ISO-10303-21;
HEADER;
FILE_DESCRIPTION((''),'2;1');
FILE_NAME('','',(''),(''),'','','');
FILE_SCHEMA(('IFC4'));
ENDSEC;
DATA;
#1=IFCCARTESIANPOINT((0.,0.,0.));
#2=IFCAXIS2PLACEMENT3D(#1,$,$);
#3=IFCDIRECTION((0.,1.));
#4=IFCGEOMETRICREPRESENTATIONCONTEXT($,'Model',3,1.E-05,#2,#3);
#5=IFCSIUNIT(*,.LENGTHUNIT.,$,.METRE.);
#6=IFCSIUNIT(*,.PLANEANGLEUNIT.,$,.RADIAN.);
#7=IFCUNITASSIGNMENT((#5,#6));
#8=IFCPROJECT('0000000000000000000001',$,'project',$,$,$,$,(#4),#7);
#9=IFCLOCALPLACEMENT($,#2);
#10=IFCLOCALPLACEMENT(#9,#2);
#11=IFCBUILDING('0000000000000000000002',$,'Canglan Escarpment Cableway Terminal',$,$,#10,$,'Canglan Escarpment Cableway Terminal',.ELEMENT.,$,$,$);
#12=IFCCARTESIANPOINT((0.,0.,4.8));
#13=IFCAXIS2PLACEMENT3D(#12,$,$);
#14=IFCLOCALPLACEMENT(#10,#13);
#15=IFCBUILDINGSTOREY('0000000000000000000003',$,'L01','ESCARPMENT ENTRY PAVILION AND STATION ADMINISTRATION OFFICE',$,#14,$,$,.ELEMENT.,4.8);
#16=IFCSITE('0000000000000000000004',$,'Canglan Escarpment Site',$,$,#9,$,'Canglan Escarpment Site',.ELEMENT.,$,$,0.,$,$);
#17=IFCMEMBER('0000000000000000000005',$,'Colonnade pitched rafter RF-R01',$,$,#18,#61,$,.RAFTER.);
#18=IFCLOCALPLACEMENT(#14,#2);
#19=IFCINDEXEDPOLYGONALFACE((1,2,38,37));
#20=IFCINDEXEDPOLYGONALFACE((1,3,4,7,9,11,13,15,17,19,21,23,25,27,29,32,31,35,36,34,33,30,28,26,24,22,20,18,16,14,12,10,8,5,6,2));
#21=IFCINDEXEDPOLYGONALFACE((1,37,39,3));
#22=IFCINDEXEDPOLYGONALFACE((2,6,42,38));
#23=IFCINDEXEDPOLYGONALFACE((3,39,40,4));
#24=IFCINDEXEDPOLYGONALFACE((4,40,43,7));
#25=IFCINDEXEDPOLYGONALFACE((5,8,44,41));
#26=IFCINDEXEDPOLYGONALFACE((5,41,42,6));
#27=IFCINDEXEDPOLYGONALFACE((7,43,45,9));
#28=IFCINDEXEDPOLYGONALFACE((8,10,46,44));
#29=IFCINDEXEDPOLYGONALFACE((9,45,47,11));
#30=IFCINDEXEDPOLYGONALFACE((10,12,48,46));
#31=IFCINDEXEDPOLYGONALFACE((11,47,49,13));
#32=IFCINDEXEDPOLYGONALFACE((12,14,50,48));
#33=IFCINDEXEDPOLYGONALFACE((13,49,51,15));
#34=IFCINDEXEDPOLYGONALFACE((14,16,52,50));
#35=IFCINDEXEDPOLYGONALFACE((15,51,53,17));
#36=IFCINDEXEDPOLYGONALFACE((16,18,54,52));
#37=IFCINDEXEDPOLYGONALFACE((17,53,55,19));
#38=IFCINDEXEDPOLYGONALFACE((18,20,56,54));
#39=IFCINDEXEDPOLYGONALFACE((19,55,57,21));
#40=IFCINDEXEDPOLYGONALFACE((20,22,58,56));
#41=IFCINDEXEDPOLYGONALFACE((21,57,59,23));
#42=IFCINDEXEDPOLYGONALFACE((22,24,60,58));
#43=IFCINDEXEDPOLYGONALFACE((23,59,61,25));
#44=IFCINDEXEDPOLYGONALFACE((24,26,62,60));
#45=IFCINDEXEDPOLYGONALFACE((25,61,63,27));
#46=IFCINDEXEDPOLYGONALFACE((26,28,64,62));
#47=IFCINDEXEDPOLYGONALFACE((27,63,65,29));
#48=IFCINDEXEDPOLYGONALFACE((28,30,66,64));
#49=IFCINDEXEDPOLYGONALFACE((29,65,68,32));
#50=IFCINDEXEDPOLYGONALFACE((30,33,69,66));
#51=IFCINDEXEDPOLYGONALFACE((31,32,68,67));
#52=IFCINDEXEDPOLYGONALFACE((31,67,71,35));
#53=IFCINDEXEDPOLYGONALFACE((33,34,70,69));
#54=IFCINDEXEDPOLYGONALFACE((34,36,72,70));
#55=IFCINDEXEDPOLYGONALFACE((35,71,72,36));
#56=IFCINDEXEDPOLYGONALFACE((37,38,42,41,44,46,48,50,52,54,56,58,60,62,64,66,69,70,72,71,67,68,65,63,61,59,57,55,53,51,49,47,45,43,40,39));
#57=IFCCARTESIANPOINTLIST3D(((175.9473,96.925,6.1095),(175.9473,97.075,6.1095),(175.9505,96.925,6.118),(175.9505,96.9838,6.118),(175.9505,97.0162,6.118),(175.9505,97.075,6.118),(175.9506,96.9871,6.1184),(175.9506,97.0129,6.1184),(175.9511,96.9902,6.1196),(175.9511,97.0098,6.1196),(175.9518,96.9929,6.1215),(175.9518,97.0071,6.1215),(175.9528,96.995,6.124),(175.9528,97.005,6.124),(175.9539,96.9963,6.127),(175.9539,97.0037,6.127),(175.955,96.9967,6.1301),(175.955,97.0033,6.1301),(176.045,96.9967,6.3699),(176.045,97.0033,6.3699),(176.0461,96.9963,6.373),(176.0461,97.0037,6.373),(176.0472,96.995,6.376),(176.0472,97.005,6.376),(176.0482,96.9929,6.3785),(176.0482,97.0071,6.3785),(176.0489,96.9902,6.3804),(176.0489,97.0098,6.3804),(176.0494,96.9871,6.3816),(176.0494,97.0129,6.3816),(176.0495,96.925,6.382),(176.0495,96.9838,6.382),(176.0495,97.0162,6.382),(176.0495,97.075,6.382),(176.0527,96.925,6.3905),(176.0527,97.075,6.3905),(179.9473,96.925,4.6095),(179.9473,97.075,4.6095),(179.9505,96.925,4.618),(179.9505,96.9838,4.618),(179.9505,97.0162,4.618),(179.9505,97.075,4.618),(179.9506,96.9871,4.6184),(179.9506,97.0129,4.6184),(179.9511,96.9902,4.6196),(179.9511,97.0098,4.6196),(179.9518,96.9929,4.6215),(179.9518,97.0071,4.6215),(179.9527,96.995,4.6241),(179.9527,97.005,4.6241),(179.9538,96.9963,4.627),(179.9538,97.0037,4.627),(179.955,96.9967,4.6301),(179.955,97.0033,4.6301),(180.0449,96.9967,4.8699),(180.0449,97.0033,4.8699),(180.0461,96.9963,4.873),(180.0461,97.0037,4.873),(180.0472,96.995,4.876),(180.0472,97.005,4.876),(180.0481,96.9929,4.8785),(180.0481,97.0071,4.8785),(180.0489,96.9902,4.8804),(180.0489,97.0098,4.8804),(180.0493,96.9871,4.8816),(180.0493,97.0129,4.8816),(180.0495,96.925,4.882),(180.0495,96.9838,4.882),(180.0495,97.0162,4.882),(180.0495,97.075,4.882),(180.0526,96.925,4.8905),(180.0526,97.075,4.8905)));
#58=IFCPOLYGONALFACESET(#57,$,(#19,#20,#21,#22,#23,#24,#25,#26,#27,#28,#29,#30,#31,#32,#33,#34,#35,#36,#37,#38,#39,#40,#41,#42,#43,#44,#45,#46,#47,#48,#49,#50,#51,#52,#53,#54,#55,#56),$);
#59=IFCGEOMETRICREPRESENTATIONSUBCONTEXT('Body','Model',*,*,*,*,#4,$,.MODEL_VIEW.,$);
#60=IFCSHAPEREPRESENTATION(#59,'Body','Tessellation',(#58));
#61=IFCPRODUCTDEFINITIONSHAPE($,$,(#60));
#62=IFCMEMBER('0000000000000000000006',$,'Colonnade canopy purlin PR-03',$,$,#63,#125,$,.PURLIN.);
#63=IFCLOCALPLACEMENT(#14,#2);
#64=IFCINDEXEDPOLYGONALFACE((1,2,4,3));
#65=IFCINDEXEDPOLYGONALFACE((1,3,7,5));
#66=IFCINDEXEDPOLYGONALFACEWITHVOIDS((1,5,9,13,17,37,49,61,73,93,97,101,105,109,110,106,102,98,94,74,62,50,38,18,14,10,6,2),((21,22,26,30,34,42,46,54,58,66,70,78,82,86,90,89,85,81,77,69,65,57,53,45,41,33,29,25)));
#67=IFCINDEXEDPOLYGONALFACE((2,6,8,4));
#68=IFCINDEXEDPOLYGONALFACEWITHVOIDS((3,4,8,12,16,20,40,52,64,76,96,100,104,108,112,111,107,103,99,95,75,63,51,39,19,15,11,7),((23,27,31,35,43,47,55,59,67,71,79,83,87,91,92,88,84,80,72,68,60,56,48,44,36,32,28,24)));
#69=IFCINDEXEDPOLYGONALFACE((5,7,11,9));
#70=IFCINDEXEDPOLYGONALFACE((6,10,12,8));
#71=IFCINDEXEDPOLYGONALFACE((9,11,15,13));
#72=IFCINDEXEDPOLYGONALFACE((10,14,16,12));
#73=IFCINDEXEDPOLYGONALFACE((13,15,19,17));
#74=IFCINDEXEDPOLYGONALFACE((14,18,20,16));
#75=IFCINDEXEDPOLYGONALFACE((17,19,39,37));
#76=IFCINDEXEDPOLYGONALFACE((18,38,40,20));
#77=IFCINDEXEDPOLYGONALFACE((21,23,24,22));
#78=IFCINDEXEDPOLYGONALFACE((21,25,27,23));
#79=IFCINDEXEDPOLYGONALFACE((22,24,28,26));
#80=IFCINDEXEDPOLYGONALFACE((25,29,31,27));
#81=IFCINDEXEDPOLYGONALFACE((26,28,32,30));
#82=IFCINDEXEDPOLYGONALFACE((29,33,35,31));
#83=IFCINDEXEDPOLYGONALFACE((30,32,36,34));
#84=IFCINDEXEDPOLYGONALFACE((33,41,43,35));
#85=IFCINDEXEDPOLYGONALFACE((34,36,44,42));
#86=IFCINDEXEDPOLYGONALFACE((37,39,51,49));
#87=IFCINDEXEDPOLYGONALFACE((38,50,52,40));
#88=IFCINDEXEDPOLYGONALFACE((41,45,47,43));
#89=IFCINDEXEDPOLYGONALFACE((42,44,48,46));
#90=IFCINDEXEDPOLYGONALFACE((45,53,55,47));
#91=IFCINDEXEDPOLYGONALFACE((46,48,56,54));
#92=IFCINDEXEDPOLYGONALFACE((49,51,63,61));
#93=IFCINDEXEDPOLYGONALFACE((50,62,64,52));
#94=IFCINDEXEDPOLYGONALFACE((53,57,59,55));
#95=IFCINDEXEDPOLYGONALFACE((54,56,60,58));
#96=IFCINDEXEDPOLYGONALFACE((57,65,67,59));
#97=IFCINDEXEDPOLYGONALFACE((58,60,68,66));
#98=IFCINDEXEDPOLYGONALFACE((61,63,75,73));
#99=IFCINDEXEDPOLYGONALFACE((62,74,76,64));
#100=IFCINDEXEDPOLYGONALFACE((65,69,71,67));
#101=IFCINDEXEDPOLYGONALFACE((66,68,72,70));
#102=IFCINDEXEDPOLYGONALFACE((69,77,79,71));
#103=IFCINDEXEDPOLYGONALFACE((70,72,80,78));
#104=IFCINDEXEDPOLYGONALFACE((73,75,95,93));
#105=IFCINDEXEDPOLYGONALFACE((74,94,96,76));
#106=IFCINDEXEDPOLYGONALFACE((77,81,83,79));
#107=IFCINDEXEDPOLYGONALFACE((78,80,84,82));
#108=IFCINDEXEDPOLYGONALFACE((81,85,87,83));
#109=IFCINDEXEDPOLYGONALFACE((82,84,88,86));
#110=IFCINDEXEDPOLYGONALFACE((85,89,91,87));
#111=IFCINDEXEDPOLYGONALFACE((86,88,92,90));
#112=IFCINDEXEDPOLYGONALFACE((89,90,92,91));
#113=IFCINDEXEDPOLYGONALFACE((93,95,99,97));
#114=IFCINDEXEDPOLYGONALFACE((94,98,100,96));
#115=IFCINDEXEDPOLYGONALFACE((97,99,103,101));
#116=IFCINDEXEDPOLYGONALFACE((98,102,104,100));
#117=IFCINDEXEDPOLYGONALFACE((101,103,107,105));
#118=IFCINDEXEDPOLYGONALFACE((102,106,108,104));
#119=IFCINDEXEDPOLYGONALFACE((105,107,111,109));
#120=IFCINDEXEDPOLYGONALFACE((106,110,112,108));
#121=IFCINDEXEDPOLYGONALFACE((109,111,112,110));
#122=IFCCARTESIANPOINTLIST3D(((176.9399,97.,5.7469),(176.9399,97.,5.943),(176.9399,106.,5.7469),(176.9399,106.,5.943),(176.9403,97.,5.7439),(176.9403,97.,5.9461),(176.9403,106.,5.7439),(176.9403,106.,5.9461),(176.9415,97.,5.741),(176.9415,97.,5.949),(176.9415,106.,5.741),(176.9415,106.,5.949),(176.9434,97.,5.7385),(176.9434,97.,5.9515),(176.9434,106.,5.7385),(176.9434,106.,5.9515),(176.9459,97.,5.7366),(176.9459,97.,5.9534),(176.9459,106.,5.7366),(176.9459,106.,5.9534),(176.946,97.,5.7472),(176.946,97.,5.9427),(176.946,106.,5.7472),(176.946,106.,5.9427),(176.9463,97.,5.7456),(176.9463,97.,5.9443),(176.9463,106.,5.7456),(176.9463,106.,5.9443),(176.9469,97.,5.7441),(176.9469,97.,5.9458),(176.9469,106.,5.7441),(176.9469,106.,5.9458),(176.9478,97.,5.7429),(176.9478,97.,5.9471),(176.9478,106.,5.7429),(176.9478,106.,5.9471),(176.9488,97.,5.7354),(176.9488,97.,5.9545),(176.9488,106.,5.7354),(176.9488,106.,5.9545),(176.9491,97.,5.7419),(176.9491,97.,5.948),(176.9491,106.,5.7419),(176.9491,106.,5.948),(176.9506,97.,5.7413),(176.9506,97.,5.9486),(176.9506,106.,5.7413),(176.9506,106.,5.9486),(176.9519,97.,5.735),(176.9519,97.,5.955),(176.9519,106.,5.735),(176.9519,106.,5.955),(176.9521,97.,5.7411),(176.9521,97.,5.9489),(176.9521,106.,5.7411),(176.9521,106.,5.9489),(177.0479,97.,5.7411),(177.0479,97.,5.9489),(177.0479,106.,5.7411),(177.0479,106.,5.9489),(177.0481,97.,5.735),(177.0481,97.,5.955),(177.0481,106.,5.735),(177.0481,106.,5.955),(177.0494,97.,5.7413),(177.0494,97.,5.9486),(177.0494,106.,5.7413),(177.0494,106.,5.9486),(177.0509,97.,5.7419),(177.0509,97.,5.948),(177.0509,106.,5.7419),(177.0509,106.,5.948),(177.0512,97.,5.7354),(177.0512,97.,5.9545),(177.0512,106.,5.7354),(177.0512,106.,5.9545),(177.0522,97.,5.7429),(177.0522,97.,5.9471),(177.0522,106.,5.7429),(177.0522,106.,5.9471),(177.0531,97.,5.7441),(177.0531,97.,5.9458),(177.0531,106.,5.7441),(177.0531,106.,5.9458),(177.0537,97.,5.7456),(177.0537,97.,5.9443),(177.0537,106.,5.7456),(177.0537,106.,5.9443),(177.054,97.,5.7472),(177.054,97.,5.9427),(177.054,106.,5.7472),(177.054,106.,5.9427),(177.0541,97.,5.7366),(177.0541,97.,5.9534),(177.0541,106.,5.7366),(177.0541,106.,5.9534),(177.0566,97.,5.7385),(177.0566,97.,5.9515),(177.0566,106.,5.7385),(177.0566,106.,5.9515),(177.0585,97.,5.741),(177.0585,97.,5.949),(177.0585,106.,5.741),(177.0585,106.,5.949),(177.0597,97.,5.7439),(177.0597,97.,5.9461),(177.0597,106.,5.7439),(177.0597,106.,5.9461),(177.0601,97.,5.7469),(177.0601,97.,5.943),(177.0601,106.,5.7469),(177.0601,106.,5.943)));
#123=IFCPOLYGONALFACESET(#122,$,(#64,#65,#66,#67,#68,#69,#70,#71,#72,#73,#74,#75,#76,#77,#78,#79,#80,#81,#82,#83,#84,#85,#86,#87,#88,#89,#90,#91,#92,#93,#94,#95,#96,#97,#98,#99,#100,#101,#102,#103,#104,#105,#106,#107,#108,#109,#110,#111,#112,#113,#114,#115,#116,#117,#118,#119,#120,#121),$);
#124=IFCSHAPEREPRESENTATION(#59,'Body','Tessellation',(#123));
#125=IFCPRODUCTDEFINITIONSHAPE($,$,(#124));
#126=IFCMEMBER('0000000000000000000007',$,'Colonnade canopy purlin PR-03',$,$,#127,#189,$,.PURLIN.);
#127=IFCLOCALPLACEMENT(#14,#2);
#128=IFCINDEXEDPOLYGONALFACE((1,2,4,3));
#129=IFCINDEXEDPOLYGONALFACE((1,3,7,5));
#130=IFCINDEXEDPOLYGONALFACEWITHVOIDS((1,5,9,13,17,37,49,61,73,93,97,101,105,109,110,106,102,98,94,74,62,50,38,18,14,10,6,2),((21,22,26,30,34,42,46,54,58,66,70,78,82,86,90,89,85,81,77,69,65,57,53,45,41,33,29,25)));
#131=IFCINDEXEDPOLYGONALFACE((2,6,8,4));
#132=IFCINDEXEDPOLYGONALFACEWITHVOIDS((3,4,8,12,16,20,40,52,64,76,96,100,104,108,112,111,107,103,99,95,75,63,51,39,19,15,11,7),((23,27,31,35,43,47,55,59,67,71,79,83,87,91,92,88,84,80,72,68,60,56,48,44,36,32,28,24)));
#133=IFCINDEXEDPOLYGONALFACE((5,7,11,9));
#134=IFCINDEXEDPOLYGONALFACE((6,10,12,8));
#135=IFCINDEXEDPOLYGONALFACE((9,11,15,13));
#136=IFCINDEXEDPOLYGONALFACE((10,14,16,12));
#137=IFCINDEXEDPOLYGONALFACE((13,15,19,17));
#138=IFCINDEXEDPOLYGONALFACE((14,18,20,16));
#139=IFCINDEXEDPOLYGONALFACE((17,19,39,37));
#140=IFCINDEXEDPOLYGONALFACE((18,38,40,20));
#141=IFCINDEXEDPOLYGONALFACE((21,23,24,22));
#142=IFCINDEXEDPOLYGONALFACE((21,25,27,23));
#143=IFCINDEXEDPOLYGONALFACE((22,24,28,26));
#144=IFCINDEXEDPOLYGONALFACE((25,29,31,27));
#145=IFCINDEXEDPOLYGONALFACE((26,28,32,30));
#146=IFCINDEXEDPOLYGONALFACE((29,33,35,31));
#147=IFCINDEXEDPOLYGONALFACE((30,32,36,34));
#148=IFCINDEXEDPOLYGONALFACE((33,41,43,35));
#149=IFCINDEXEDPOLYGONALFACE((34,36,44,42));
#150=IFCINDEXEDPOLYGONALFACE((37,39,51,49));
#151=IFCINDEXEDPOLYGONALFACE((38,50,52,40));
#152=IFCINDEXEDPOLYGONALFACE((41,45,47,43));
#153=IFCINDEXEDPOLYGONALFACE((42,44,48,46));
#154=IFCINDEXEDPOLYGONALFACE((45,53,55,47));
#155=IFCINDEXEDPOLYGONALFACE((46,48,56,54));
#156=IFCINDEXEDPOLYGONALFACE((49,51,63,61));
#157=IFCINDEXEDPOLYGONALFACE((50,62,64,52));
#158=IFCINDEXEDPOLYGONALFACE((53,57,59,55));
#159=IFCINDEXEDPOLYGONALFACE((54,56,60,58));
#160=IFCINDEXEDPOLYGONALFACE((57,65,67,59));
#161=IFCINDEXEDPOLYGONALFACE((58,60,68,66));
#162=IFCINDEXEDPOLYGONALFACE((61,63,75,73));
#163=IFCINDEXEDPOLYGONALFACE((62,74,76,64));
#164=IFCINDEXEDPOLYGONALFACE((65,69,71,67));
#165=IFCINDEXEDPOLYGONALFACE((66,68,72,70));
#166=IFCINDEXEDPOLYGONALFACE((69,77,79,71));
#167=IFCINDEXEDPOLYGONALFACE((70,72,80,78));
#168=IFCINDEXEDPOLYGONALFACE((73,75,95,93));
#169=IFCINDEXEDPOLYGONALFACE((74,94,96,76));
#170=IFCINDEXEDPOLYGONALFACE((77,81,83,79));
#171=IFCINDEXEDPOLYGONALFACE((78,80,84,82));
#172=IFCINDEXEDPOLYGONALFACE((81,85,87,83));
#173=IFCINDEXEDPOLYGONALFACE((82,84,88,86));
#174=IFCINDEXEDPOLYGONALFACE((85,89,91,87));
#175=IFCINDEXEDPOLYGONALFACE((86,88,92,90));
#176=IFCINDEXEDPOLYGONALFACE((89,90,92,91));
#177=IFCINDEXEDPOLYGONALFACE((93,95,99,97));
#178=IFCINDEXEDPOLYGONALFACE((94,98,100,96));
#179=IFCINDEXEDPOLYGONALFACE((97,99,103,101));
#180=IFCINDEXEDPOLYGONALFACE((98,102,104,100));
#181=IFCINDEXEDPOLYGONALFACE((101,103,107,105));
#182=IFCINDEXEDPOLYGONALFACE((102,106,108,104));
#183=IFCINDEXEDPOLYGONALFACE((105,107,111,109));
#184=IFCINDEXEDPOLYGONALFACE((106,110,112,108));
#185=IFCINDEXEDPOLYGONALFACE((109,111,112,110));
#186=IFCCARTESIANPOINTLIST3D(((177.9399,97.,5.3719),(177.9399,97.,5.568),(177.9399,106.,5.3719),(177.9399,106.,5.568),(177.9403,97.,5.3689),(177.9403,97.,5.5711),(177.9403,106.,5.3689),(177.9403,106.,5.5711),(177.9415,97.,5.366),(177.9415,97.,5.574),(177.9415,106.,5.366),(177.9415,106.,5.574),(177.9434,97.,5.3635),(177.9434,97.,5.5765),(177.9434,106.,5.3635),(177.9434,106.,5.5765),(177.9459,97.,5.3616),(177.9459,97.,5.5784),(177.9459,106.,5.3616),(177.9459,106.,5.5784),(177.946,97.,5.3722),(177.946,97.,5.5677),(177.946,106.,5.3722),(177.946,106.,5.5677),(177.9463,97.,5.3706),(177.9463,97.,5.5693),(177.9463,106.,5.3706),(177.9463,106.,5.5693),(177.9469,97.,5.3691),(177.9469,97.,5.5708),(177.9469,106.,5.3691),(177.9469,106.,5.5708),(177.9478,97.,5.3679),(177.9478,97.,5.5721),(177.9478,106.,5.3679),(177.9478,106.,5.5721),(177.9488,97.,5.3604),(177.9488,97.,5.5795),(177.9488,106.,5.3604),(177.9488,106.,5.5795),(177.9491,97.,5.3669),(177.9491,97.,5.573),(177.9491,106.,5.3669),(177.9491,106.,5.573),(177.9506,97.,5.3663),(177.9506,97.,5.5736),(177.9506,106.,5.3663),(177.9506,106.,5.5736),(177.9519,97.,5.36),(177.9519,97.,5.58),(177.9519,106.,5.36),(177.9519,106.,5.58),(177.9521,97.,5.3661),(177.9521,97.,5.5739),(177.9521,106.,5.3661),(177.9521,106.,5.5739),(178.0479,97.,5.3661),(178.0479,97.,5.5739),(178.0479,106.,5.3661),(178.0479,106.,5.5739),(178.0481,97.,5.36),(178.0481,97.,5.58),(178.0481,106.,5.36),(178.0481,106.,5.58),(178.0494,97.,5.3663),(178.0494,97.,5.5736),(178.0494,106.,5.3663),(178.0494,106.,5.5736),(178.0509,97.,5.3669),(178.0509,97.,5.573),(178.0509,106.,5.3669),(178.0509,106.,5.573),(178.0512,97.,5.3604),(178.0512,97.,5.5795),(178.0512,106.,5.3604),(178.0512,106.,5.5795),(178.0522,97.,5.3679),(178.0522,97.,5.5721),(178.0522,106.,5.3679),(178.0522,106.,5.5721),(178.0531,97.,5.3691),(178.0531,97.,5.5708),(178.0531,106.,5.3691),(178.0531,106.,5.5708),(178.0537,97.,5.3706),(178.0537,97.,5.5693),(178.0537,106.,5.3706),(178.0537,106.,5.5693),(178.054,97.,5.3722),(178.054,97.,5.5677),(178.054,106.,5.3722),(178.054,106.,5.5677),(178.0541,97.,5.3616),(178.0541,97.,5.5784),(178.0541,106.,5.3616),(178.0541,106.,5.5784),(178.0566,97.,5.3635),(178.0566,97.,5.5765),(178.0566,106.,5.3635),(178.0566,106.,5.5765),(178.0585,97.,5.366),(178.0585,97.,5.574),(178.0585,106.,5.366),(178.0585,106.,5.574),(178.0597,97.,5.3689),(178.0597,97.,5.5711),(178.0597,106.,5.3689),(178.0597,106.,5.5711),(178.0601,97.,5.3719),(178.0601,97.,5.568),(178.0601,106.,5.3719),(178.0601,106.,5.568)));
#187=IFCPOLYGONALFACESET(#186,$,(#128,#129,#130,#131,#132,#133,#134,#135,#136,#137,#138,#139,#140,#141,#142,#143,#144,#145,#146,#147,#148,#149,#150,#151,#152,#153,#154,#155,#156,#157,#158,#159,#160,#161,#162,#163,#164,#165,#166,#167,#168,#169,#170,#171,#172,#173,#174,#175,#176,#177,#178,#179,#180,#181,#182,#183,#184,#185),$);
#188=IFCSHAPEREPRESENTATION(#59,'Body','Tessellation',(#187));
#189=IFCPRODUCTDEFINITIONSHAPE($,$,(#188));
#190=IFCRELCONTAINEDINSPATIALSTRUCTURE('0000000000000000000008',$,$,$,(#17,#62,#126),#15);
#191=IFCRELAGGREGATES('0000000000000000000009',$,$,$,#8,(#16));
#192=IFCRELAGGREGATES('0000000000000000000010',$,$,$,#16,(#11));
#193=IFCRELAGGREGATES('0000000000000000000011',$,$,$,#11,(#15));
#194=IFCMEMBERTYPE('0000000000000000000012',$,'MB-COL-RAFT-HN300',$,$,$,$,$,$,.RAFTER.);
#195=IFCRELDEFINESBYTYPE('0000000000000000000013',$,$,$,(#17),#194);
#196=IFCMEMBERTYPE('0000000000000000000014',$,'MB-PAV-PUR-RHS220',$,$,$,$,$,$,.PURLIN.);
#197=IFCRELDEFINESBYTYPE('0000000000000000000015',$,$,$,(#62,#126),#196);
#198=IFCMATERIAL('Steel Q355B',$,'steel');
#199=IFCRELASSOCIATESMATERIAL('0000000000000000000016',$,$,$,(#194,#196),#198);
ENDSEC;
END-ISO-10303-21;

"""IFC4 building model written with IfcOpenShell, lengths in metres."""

from ifc_helpers import new_model, si_unit, direction, frame, origin, origin_2d, place, context, subcontext, project, spatial, hollow_rectangle, i_section, extrude, material, material_profile, profile_set, type_object, element, save


model = new_model("IFC4")

# Units and contexts
model_context = context("Model", 3, precision=1e-05, world=origin(), true_north=direction((0.0, 1.0)))
body_context = subcontext(model_context, "Body", "Model", "MODEL_VIEW")
ifc_project = project(units=[si_unit("LENGTHUNIT", "METRE"), si_unit("PLANEANGLEUNIT", "RADIAN")], contexts=[model_context])

# Site, building, storey
site_placement = place(None, origin())
site = spatial("IfcSite", under=ifc_project, at=site_placement, Name="Canglan Escarpment Site", LongName="Canglan Escarpment Site", CompositionType="ELEMENT", RefElevation=0.0)
building_placement = place(site_placement, origin())
building = spatial("IfcBuilding", under=site, at=building_placement, Name="Canglan Escarpment Cableway Terminal", LongName="Canglan Escarpment Cableway Terminal", CompositionType="ELEMENT")
storey_placement = place(building_placement, frame((0.0, 0.0, 4.8)))
storey = spatial("IfcBuildingStorey", under=building, at=storey_placement, Name="L01", Description="ESCARPMENT ENTRY PAVILION AND STATION ADMINISTRATION OFFICE", CompositionType="ELEMENT", Elevation=4.8)

# Members
ifc_material_1 = material(Name="Steel Q355B", Category="steel")
ifc_material_profile_1 = material_profile(ifc_material_1, i_section(OverallWidth=0.1499, OverallDepth=0.3, WebThickness=0.0066, FlangeThickness=0.009, FilletRadius=0.0129, at=origin_2d()), Name="HN 300x150x6.5x9")
ifc_profile_set_1 = profile_set([ifc_material_profile_1], Name="Steel Q355B")
member_type_1 = type_object("IfcMemberType", Name="MB-COL-RAFT-HN300", PredefinedType="RAFTER", material=ifc_profile_set_1)
member_1_placement = place(storey_placement, frame((176.0, 97.0, 6.25), z_axis=(0.936329, 0.0, -0.351123), x_axis=(0.0, 1.0, 0.0)))
element("IfcMember", 1, at=member_1_placement, inside=storey, type_object=member_type_1, Name="Colonnade pitched rafter RF-R01", PredefinedType="RAFTER", context=body_context, shape_type="SweptSolid", body=[
    extrude(i_section(OverallWidth=0.1499, OverallDepth=0.3, WebThickness=0.0066, FlangeThickness=0.009, FilletRadius=0.0129, at=origin_2d()), origin(), (0.0, 0.0, 1.0), 4.272),
])
ifc_material_profile_2 = material_profile(ifc_material_1, hollow_rectangle(XDim=0.1201, YDim=0.22, WallThickness=0.0061, InnerFilletRadius=0.0061, OuterFilletRadius=0.012, at=origin_2d()), Name="RHS 220x120x6")
ifc_profile_set_2 = profile_set([ifc_material_profile_2], Name="Steel Q355B")
member_type_2 = type_object("IfcMemberType", Name="MB-PAV-PUR-RHS220", PredefinedType="PURLIN", material=ifc_profile_set_2)
for number, where, z_axis, x_axis, name in (
    (2, (177.0, 97.0, 5.845), (0.0, 1.0, 0.0), (-1.0, 0.0, 0.0), "Colonnade canopy purlin PR-03"),
    (3, (178.0, 97.0, 5.47), (0.0, 1.0, 0.0), (-1.0, 0.0, 0.0), "Colonnade canopy purlin PR-03"),
):
    element("IfcMember", number, at=place(storey_placement, frame(where, z_axis=z_axis, x_axis=x_axis)), inside=storey, type_object=member_type_2, Name=name, PredefinedType="PURLIN", context=body_context, shape_type="SweptSolid", body=[
        extrude(hollow_rectangle(XDim=0.1201, YDim=0.22, WallThickness=0.0061, InnerFilletRadius=0.0061, OuterFilletRadius=0.012, at=origin_2d()), origin(), (0.0, 0.0, 1.0), 9.0),
    ])

save(model, "model.ifc")
